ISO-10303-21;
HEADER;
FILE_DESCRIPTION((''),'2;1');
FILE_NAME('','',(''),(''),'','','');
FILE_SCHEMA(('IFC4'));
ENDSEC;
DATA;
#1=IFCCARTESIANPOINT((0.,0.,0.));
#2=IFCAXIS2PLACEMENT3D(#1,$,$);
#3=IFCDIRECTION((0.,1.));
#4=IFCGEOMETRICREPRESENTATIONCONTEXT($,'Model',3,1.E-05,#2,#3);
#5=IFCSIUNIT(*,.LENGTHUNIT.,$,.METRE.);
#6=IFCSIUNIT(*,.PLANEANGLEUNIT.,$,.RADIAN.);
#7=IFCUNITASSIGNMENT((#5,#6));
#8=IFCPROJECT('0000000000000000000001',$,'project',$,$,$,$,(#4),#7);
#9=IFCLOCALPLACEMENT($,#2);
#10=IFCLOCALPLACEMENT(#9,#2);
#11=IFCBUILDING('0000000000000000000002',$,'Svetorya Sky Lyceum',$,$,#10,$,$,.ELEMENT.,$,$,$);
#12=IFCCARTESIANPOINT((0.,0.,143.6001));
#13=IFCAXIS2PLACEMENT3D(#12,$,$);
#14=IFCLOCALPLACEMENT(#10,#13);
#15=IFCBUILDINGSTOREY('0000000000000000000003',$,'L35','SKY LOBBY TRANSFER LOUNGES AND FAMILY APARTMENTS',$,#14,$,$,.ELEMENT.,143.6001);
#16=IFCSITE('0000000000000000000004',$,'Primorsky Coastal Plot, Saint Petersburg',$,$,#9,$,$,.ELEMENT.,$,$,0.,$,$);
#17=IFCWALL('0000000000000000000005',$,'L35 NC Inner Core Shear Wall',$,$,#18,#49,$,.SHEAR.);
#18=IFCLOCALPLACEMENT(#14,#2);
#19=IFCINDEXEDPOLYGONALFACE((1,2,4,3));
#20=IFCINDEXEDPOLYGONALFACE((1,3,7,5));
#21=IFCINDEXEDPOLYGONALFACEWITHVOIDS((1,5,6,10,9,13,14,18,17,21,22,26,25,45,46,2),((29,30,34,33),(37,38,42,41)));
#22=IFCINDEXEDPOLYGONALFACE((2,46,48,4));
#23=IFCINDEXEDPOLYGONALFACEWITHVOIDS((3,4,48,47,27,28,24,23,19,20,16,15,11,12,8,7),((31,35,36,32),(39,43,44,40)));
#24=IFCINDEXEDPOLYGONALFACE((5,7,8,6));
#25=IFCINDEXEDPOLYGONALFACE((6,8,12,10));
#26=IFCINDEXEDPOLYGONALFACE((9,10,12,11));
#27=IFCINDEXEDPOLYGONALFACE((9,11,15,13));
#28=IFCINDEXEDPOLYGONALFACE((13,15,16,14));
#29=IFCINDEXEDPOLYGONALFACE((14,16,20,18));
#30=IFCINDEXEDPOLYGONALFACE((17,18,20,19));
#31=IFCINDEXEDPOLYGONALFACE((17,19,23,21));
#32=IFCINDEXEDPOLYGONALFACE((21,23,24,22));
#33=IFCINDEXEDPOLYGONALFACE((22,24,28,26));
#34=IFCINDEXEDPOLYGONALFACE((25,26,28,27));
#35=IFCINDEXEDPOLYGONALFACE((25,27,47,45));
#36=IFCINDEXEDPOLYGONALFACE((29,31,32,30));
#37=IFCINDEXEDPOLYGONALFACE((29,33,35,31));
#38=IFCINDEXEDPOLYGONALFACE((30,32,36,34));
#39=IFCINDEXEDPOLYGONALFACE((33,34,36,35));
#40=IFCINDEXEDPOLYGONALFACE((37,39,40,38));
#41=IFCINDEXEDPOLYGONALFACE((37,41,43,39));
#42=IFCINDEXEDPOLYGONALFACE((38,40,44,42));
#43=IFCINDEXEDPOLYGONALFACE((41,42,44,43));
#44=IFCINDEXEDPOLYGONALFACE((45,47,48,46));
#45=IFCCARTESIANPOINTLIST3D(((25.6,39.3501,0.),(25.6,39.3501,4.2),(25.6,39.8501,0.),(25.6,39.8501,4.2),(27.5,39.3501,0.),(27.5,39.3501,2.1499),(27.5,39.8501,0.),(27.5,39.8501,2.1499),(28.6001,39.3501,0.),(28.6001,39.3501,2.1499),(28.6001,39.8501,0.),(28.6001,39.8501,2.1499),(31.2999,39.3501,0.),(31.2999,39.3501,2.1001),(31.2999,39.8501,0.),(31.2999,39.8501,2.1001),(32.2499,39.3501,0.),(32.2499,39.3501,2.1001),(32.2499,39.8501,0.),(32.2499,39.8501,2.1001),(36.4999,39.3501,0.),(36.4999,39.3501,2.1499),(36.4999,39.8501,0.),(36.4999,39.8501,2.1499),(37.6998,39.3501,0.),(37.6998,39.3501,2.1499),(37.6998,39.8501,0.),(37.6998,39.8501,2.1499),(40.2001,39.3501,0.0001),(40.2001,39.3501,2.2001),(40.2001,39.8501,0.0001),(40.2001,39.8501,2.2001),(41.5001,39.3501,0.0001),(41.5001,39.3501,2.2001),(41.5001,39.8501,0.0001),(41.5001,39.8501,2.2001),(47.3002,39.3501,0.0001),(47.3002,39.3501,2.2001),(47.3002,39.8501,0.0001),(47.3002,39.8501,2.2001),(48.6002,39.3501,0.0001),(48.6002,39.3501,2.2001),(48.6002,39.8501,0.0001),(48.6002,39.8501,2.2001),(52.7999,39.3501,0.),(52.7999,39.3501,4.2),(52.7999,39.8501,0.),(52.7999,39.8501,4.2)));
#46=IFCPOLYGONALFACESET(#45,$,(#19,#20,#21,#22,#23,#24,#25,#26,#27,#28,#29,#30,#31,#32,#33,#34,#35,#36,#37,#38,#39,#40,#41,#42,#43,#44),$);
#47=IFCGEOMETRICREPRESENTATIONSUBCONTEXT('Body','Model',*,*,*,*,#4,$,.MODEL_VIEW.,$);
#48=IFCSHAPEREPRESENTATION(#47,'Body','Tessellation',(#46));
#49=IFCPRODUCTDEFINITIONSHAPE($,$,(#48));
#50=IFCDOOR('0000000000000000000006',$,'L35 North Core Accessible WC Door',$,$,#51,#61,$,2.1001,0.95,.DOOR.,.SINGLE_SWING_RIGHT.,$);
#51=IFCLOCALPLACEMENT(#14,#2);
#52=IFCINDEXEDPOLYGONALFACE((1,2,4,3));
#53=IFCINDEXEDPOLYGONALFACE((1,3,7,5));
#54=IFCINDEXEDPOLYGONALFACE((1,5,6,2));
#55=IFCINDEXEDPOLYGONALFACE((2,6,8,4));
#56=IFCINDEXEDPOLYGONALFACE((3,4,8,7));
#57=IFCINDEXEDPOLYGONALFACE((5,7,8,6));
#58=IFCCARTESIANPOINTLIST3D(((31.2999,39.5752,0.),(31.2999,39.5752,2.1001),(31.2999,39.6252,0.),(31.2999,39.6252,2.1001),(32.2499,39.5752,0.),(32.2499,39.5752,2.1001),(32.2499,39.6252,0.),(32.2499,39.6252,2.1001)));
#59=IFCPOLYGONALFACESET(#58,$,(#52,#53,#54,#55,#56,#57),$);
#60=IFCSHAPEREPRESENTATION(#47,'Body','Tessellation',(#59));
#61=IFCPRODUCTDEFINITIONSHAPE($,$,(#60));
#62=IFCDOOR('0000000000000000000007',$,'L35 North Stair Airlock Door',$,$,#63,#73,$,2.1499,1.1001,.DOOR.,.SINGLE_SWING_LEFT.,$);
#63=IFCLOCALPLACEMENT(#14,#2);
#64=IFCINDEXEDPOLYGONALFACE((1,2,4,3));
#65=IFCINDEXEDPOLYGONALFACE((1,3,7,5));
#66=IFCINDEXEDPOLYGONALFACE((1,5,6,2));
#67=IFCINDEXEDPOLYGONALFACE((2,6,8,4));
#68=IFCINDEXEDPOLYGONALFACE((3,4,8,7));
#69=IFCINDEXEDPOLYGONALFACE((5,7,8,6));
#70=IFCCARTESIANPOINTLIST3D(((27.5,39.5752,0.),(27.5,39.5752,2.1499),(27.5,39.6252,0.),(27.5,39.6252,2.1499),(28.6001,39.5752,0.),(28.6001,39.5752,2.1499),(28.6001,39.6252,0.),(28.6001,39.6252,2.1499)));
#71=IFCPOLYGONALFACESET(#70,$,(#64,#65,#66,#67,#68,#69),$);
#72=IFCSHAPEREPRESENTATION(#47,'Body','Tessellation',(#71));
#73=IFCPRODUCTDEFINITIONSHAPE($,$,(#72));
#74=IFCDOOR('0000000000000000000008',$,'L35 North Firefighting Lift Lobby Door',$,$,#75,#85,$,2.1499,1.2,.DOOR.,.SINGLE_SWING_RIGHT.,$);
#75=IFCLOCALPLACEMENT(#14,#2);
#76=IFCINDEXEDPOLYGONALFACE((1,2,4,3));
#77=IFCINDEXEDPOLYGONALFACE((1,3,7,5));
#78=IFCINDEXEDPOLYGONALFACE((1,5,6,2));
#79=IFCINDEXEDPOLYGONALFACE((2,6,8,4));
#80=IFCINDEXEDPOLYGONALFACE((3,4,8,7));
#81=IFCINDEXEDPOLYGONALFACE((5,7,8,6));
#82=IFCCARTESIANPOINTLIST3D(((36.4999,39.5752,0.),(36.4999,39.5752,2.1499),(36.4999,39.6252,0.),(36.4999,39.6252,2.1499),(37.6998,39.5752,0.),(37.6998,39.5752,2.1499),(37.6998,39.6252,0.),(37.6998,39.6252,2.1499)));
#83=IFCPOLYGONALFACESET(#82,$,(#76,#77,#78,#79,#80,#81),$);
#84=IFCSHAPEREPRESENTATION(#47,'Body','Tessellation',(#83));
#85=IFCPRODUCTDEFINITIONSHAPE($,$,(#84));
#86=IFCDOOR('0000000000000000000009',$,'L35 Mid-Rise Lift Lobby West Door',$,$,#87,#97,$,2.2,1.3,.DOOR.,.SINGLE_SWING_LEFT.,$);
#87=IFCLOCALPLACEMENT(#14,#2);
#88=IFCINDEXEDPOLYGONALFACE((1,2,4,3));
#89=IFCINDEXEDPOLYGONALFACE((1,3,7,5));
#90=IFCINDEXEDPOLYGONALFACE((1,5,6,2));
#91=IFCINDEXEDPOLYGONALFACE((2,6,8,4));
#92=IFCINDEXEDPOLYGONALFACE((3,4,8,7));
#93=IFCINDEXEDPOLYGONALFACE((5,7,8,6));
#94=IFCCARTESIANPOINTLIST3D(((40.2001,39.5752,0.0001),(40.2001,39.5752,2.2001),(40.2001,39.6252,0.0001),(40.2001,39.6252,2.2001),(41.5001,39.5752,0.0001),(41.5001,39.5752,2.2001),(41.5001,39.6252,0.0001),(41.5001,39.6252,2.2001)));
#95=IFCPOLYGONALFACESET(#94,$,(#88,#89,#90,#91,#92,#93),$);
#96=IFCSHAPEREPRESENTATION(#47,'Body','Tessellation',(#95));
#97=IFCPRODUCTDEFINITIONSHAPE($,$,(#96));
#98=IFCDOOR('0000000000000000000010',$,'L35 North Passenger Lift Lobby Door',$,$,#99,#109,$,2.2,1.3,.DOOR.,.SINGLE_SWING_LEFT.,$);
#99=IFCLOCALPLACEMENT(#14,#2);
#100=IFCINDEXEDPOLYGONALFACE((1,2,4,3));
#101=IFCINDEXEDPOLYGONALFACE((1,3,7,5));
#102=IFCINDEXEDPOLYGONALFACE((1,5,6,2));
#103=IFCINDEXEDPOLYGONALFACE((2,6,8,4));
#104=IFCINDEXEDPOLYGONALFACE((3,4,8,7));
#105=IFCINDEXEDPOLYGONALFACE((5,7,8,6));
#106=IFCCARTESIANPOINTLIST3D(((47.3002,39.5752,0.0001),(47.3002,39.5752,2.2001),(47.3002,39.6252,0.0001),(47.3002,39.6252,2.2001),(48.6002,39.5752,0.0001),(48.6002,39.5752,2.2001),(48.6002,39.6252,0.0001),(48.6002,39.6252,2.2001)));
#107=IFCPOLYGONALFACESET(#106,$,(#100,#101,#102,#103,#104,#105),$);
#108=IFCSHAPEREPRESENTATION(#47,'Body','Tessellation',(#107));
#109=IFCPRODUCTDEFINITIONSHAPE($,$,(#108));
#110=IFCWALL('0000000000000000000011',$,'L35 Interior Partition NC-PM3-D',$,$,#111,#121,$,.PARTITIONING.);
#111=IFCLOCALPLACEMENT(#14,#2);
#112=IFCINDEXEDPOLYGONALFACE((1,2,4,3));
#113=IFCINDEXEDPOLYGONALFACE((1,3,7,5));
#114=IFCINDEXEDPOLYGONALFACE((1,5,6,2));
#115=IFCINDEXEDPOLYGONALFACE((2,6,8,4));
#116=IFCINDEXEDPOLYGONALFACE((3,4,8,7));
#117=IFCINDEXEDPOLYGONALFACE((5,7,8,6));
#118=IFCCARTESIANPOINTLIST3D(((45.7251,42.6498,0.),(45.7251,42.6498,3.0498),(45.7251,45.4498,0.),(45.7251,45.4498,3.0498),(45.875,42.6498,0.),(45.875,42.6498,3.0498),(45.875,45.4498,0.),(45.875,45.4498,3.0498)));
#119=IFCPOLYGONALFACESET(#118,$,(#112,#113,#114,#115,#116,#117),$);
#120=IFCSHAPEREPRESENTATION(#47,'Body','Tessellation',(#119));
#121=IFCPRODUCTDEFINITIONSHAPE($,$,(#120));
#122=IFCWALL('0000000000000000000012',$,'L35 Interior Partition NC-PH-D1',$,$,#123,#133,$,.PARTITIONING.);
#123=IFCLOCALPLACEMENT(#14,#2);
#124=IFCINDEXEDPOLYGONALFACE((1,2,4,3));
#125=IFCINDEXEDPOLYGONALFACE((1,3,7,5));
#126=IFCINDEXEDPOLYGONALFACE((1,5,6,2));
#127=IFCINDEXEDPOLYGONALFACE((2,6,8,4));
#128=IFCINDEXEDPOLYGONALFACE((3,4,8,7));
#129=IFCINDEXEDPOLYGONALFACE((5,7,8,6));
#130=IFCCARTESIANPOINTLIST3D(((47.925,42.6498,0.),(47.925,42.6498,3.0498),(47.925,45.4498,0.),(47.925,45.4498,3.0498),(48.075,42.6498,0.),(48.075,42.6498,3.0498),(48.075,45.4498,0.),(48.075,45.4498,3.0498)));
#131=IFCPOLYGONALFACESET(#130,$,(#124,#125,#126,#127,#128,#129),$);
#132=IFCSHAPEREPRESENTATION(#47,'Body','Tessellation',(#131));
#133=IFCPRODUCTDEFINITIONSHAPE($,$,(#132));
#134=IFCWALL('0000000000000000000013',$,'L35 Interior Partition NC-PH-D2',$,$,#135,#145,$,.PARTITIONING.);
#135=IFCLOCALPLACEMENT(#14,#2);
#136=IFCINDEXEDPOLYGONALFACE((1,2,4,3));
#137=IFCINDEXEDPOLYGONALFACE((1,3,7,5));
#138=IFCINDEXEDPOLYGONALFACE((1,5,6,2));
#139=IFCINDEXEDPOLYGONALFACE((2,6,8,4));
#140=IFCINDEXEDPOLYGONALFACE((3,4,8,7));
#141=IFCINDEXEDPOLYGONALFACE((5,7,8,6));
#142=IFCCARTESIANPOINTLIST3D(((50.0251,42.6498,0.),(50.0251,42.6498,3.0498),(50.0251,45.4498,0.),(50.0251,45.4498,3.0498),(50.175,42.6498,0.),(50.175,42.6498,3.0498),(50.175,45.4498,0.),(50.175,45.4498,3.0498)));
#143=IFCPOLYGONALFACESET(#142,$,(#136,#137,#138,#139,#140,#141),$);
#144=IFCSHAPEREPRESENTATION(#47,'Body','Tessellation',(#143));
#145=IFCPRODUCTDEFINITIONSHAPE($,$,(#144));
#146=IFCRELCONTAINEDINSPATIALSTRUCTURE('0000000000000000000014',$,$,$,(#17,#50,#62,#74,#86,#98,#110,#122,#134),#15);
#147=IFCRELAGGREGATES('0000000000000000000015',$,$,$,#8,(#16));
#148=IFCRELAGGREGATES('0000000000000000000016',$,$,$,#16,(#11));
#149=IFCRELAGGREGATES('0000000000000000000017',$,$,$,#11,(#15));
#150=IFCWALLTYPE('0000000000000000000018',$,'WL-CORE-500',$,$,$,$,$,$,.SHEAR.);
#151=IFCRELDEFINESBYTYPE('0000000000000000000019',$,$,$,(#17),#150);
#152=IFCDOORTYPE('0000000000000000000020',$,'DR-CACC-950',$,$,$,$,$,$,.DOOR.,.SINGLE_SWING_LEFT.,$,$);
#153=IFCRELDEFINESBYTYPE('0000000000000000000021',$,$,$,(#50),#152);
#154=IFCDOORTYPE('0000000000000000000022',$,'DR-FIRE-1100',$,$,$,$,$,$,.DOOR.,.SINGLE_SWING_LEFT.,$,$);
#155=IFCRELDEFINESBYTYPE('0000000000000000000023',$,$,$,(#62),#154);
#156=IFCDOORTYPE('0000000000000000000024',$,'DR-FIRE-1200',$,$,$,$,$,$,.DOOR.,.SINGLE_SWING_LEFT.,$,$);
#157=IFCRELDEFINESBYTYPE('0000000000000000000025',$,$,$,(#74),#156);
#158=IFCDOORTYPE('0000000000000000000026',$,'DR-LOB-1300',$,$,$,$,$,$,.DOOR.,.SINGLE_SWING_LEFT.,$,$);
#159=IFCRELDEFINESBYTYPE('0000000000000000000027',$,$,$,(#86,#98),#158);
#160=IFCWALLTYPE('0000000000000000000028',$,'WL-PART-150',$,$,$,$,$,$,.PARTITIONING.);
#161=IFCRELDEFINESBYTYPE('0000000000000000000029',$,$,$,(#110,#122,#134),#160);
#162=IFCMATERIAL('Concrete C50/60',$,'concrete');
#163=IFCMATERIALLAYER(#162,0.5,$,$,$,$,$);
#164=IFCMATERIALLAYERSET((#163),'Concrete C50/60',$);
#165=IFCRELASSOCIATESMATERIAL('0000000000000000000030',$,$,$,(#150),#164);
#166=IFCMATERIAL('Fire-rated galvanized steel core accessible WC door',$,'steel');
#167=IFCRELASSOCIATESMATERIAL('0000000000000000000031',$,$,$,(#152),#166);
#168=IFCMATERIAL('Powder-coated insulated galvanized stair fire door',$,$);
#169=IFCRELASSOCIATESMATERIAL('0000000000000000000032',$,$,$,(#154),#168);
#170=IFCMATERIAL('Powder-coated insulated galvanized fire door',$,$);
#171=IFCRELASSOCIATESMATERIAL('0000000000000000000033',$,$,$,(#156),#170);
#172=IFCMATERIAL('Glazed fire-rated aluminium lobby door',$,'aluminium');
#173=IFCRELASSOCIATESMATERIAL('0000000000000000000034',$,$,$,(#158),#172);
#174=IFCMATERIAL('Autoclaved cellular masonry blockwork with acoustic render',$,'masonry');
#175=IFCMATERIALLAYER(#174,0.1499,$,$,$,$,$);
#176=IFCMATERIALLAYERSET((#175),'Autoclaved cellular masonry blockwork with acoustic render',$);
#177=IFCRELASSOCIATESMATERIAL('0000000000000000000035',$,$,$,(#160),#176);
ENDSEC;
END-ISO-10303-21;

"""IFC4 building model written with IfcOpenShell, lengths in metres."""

from ifc_helpers import new_model, si_unit, direction, frame, frame_2d, origin, place, context, subcontext, project, spatial, rectangle, extrude, material, layer, layer_set, type_object, element, fill, save


model = new_model("IFC4")

# Units and contexts
model_context = context("Model", 3, precision=1e-05, world=origin(), true_north=direction((0.0, 1.0)))
body_context = subcontext(model_context, "Body", "Model", "MODEL_VIEW")
ifc_project = project(units=[si_unit("LENGTHUNIT", "METRE"), si_unit("PLANEANGLEUNIT", "RADIAN")], contexts=[model_context])

# Site, building, storey
site_placement = place(None, origin())
site = spatial("IfcSite", under=ifc_project, at=site_placement, Name="Primorsky Coastal Plot, Saint Petersburg", CompositionType="ELEMENT", RefElevation=0.0)
building_placement = place(site_placement, origin())
building = spatial("IfcBuilding", under=site, at=building_placement, Name="Svetorya Sky Lyceum", CompositionType="ELEMENT")
storey_placement = place(building_placement, frame((0.0, 0.0, 143.6001)))
storey = spatial("IfcBuildingStorey", under=building, at=storey_placement, Name="L35", Description="SKY LOBBY TRANSFER LOUNGES AND FAMILY APARTMENTS", CompositionType="ELEMENT", Elevation=143.6001)

# Shared definitions
ifc_material_1 = material(Name="Concrete C50/60", Category="concrete")

# Wall, openings, doors
ifc_layer_1 = layer(ifc_material_1, 0.5)
ifc_layer_set_1 = layer_set([ifc_layer_1], Name="Concrete C50/60")
wall_type_1 = type_object("IfcWallType", Name="WL-CORE-500", PredefinedType="SHEAR", material=ifc_layer_set_1)
wall_1_placement = place(storey_placement, frame((52.8, 39.6001, 0.0), z_axis=(0.0, 0.0, 1.0), x_axis=(-1.0, 0.0, 0.0)))
wall_1 = element("IfcWall", 1, at=wall_1_placement, inside=storey, type_object=wall_type_1, Name="L35 NC Inner Core Shear Wall", PredefinedType="SHEAR", context=body_context, shape_type="SweptSolid", body=[
    extrude(rectangle(XDim=27.2, YDim=0.5, at=frame_2d((13.6001, 0.0))), origin(), (0.0, 0.0, 1.0), 4.2),
])
opening_1_placement = place(wall_1_placement, frame((24.2, 0.0, 0.0)))
opening_1 = element("IfcOpeningElement", 2, at=opening_1_placement, cuts=wall_1, PredefinedType="OPENING", context=body_context, shape_type="SweptSolid", body=[
    extrude(rectangle(XDim=1.1001, YDim=2.1499, at=frame_2d((0.55, 1.075))), frame((0.0, 0.26, 0.0), z_axis=(0.0, -1.0, 0.0), x_axis=(1.0, 0.0, 0.0)), (0.0, 0.0, 1.0), 0.52),
])
opening_2_placement = place(wall_1_placement, frame((20.55, 0.0, 0.0)))
opening_2 = element("IfcOpeningElement", 3, at=opening_2_placement, cuts=wall_1, PredefinedType="OPENING", context=body_context, shape_type="SweptSolid", body=[
    extrude(rectangle(XDim=0.95, YDim=2.1001, at=frame_2d((0.4751, 1.05))), frame((0.0, 0.26, 0.0), z_axis=(0.0, -1.0, 0.0), x_axis=(1.0, 0.0, 0.0)), (0.0, 0.0, 1.0), 0.52),
])
opening_3_placement = place(wall_1_placement, frame((15.1001, 0.0, 0.0)))
opening_3 = element("IfcOpeningElement", 4, at=opening_3_placement, cuts=wall_1, PredefinedType="OPENING", context=body_context, shape_type="SweptSolid", body=[
    extrude(rectangle(XDim=1.2, YDim=2.1499, at=frame_2d((0.6001, 1.075))), frame((0.0, 0.26, 0.0), z_axis=(0.0, -1.0, 0.0), x_axis=(1.0, 0.0, 0.0)), (0.0, 0.0, 1.0), 0.52),
])
opening_4_placement = place(wall_1_placement, frame((11.3, 0.0, 0.0)))
opening_4 = element("IfcOpeningElement", 5, at=opening_4_placement, cuts=wall_1, PredefinedType="OPENING", context=body_context, shape_type="SweptSolid", body=[
    extrude(rectangle(XDim=1.3, YDim=2.2, at=frame_2d((0.6499, 1.1001))), frame((0.0, 0.26, 0.0), z_axis=(0.0, -1.0, 0.0), x_axis=(1.0, 0.0, 0.0)), (0.0, 0.0, 1.0), 0.52),
])
opening_5_placement = place(wall_1_placement, frame((4.2, 0.0, 0.0)))
opening_5 = element("IfcOpeningElement", 6, at=opening_5_placement, cuts=wall_1, PredefinedType="OPENING", context=body_context, shape_type="SweptSolid", body=[
    extrude(rectangle(XDim=1.3, YDim=2.2, at=frame_2d((0.6499, 1.1001))), frame((0.0, 0.26, 0.0), z_axis=(0.0, -1.0, 0.0), x_axis=(1.0, 0.0, 0.0)), (0.0, 0.0, 1.0), 0.52),
])
ifc_material_2 = material(Name="Fire-rated galvanized steel core accessible WC door", Category="steel")
door_type_1 = type_object("IfcDoorType", Name="DR-CACC-950", OperationType="SINGLE_SWING_LEFT", PredefinedType="DOOR", material=ifc_material_2)
door_1_placement = place(opening_2_placement, origin())
door_1 = element("IfcDoor", 7, at=door_1_placement, inside=storey, type_object=door_type_1, Name="L35 North Core Accessible WC Door", OperationType="SINGLE_SWING_RIGHT", OverallHeight=2.1001, OverallWidth=0.95, PredefinedType="DOOR", context=body_context, shape_type="SweptSolid", body=[
    extrude(rectangle(XDim=0.95, YDim=2.1001, at=frame_2d((0.4751, 1.05))), frame((0.0, 0.0249, 0.0), z_axis=(0.0, -1.0, 0.0), x_axis=(1.0, 0.0, 0.0)), (0.0, 0.0, 1.0), 0.05),
])
fill(opening_2, door_1)
ifc_material_3 = material(Name="Powder-coated insulated galvanized stair fire door")
door_type_2 = type_object("IfcDoorType", Name="DR-FIRE-1100", OperationType="SINGLE_SWING_LEFT", PredefinedType="DOOR", material=ifc_material_3)
door_2_placement = place(opening_1_placement, origin())
door_2 = element("IfcDoor", 8, at=door_2_placement, inside=storey, type_object=door_type_2, Name="L35 North Stair Airlock Door", OperationType="SINGLE_SWING_LEFT", OverallHeight=2.1499, OverallWidth=1.1001, PredefinedType="DOOR", context=body_context, shape_type="SweptSolid", body=[
    extrude(rectangle(XDim=1.1001, YDim=2.1499, at=frame_2d((0.55, 1.075))), frame((0.0, 0.0249, 0.0), z_axis=(0.0, -1.0, 0.0), x_axis=(1.0, 0.0, 0.0)), (0.0, 0.0, 1.0), 0.05),
])
fill(opening_1, door_2)
ifc_material_4 = material(Name="Powder-coated insulated galvanized fire door")
door_type_3 = type_object("IfcDoorType", Name="DR-FIRE-1200", OperationType="SINGLE_SWING_LEFT", PredefinedType="DOOR", material=ifc_material_4)
door_3_placement = place(opening_3_placement, origin())
door_3 = element("IfcDoor", 9, at=door_3_placement, inside=storey, type_object=door_type_3, Name="L35 North Firefighting Lift Lobby Door", OperationType="SINGLE_SWING_RIGHT", OverallHeight=2.1499, OverallWidth=1.2, PredefinedType="DOOR", context=body_context, shape_type="SweptSolid", body=[
    extrude(rectangle(XDim=1.2, YDim=2.1499, at=frame_2d((0.6001, 1.075))), frame((0.0, 0.0249, 0.0), z_axis=(0.0, -1.0, 0.0), x_axis=(1.0, 0.0, 0.0)), (0.0, 0.0, 1.0), 0.05),
])
fill(opening_3, door_3)
ifc_material_5 = material(Name="Glazed fire-rated aluminium lobby door", Category="aluminium")
door_type_4 = type_object("IfcDoorType", Name="DR-LOB-1300", OperationType="SINGLE_SWING_LEFT", PredefinedType="DOOR", material=ifc_material_5)
door_4_placement = place(opening_4_placement, origin())
door_4 = element("IfcDoor", 10, at=door_4_placement, inside=storey, type_object=door_type_4, Name="L35 Mid-Rise Lift Lobby West Door", OperationType="SINGLE_SWING_LEFT", OverallHeight=2.2, OverallWidth=1.3, PredefinedType="DOOR", context=body_context, shape_type="SweptSolid", body=[
    extrude(rectangle(XDim=1.3, YDim=2.2, at=frame_2d((0.6499, 1.1001))), frame((0.0, 0.0249, 0.0), z_axis=(0.0, -1.0, 0.0), x_axis=(1.0, 0.0, 0.0)), (0.0, 0.0, 1.0), 0.05),
])
fill(opening_4, door_4)
door_5_placement = place(opening_5_placement, origin())
door_5 = element("IfcDoor", 11, at=door_5_placement, inside=storey, type_object=door_type_4, Name="L35 North Passenger Lift Lobby Door", OperationType="SINGLE_SWING_LEFT", OverallHeight=2.2, OverallWidth=1.3, PredefinedType="DOOR", context=body_context, shape_type="SweptSolid", body=[
    extrude(rectangle(XDim=1.3, YDim=2.2, at=frame_2d((0.6499, 1.1001))), frame((0.0, 0.0249, 0.0), z_axis=(0.0, -1.0, 0.0), x_axis=(1.0, 0.0, 0.0)), (0.0, 0.0, 1.0), 0.05),
])
fill(opening_5, door_5)

# Walls
ifc_material_6 = material(Name="Autoclaved cellular masonry blockwork with acoustic render", Category="masonry")
ifc_layer_2 = layer(ifc_material_6, 0.1499)
ifc_layer_set_2 = layer_set([ifc_layer_2], Name="Autoclaved cellular masonry blockwork with acoustic render")
wall_type_2 = type_object("IfcWallType", Name="WL-PART-150", PredefinedType="PARTITIONING", material=ifc_layer_set_2)
for number, where, z_axis, x_axis, name in (
    (12, (45.8, 42.6499, 0.0), (0.0, 0.0, 1.0), (0.0, 1.0, 0.0), "L35 Interior Partition NC-PM3-D"),
    (13, (48.0, 42.6499, 0.0), (0.0, 0.0, 1.0), (0.0, 1.0, 0.0), "L35 Interior Partition NC-PH-D1"),
    (14, (50.1001, 42.6499, 0.0), (0.0, 0.0, 1.0), (0.0, 1.0, 0.0), "L35 Interior Partition NC-PH-D2"),
):
    element("IfcWall", number, at=place(storey_placement, frame(where, z_axis=z_axis, x_axis=x_axis)), inside=storey, type_object=wall_type_2, Name=name, PredefinedType="PARTITIONING", context=body_context, shape_type="SweptSolid", body=[
        extrude(rectangle(XDim=2.8, YDim=0.1499, at=frame_2d((1.3999, 0.0))), origin(), (0.0, 0.0, 1.0), 3.0498),
    ])

save(model, "model.ifc")
